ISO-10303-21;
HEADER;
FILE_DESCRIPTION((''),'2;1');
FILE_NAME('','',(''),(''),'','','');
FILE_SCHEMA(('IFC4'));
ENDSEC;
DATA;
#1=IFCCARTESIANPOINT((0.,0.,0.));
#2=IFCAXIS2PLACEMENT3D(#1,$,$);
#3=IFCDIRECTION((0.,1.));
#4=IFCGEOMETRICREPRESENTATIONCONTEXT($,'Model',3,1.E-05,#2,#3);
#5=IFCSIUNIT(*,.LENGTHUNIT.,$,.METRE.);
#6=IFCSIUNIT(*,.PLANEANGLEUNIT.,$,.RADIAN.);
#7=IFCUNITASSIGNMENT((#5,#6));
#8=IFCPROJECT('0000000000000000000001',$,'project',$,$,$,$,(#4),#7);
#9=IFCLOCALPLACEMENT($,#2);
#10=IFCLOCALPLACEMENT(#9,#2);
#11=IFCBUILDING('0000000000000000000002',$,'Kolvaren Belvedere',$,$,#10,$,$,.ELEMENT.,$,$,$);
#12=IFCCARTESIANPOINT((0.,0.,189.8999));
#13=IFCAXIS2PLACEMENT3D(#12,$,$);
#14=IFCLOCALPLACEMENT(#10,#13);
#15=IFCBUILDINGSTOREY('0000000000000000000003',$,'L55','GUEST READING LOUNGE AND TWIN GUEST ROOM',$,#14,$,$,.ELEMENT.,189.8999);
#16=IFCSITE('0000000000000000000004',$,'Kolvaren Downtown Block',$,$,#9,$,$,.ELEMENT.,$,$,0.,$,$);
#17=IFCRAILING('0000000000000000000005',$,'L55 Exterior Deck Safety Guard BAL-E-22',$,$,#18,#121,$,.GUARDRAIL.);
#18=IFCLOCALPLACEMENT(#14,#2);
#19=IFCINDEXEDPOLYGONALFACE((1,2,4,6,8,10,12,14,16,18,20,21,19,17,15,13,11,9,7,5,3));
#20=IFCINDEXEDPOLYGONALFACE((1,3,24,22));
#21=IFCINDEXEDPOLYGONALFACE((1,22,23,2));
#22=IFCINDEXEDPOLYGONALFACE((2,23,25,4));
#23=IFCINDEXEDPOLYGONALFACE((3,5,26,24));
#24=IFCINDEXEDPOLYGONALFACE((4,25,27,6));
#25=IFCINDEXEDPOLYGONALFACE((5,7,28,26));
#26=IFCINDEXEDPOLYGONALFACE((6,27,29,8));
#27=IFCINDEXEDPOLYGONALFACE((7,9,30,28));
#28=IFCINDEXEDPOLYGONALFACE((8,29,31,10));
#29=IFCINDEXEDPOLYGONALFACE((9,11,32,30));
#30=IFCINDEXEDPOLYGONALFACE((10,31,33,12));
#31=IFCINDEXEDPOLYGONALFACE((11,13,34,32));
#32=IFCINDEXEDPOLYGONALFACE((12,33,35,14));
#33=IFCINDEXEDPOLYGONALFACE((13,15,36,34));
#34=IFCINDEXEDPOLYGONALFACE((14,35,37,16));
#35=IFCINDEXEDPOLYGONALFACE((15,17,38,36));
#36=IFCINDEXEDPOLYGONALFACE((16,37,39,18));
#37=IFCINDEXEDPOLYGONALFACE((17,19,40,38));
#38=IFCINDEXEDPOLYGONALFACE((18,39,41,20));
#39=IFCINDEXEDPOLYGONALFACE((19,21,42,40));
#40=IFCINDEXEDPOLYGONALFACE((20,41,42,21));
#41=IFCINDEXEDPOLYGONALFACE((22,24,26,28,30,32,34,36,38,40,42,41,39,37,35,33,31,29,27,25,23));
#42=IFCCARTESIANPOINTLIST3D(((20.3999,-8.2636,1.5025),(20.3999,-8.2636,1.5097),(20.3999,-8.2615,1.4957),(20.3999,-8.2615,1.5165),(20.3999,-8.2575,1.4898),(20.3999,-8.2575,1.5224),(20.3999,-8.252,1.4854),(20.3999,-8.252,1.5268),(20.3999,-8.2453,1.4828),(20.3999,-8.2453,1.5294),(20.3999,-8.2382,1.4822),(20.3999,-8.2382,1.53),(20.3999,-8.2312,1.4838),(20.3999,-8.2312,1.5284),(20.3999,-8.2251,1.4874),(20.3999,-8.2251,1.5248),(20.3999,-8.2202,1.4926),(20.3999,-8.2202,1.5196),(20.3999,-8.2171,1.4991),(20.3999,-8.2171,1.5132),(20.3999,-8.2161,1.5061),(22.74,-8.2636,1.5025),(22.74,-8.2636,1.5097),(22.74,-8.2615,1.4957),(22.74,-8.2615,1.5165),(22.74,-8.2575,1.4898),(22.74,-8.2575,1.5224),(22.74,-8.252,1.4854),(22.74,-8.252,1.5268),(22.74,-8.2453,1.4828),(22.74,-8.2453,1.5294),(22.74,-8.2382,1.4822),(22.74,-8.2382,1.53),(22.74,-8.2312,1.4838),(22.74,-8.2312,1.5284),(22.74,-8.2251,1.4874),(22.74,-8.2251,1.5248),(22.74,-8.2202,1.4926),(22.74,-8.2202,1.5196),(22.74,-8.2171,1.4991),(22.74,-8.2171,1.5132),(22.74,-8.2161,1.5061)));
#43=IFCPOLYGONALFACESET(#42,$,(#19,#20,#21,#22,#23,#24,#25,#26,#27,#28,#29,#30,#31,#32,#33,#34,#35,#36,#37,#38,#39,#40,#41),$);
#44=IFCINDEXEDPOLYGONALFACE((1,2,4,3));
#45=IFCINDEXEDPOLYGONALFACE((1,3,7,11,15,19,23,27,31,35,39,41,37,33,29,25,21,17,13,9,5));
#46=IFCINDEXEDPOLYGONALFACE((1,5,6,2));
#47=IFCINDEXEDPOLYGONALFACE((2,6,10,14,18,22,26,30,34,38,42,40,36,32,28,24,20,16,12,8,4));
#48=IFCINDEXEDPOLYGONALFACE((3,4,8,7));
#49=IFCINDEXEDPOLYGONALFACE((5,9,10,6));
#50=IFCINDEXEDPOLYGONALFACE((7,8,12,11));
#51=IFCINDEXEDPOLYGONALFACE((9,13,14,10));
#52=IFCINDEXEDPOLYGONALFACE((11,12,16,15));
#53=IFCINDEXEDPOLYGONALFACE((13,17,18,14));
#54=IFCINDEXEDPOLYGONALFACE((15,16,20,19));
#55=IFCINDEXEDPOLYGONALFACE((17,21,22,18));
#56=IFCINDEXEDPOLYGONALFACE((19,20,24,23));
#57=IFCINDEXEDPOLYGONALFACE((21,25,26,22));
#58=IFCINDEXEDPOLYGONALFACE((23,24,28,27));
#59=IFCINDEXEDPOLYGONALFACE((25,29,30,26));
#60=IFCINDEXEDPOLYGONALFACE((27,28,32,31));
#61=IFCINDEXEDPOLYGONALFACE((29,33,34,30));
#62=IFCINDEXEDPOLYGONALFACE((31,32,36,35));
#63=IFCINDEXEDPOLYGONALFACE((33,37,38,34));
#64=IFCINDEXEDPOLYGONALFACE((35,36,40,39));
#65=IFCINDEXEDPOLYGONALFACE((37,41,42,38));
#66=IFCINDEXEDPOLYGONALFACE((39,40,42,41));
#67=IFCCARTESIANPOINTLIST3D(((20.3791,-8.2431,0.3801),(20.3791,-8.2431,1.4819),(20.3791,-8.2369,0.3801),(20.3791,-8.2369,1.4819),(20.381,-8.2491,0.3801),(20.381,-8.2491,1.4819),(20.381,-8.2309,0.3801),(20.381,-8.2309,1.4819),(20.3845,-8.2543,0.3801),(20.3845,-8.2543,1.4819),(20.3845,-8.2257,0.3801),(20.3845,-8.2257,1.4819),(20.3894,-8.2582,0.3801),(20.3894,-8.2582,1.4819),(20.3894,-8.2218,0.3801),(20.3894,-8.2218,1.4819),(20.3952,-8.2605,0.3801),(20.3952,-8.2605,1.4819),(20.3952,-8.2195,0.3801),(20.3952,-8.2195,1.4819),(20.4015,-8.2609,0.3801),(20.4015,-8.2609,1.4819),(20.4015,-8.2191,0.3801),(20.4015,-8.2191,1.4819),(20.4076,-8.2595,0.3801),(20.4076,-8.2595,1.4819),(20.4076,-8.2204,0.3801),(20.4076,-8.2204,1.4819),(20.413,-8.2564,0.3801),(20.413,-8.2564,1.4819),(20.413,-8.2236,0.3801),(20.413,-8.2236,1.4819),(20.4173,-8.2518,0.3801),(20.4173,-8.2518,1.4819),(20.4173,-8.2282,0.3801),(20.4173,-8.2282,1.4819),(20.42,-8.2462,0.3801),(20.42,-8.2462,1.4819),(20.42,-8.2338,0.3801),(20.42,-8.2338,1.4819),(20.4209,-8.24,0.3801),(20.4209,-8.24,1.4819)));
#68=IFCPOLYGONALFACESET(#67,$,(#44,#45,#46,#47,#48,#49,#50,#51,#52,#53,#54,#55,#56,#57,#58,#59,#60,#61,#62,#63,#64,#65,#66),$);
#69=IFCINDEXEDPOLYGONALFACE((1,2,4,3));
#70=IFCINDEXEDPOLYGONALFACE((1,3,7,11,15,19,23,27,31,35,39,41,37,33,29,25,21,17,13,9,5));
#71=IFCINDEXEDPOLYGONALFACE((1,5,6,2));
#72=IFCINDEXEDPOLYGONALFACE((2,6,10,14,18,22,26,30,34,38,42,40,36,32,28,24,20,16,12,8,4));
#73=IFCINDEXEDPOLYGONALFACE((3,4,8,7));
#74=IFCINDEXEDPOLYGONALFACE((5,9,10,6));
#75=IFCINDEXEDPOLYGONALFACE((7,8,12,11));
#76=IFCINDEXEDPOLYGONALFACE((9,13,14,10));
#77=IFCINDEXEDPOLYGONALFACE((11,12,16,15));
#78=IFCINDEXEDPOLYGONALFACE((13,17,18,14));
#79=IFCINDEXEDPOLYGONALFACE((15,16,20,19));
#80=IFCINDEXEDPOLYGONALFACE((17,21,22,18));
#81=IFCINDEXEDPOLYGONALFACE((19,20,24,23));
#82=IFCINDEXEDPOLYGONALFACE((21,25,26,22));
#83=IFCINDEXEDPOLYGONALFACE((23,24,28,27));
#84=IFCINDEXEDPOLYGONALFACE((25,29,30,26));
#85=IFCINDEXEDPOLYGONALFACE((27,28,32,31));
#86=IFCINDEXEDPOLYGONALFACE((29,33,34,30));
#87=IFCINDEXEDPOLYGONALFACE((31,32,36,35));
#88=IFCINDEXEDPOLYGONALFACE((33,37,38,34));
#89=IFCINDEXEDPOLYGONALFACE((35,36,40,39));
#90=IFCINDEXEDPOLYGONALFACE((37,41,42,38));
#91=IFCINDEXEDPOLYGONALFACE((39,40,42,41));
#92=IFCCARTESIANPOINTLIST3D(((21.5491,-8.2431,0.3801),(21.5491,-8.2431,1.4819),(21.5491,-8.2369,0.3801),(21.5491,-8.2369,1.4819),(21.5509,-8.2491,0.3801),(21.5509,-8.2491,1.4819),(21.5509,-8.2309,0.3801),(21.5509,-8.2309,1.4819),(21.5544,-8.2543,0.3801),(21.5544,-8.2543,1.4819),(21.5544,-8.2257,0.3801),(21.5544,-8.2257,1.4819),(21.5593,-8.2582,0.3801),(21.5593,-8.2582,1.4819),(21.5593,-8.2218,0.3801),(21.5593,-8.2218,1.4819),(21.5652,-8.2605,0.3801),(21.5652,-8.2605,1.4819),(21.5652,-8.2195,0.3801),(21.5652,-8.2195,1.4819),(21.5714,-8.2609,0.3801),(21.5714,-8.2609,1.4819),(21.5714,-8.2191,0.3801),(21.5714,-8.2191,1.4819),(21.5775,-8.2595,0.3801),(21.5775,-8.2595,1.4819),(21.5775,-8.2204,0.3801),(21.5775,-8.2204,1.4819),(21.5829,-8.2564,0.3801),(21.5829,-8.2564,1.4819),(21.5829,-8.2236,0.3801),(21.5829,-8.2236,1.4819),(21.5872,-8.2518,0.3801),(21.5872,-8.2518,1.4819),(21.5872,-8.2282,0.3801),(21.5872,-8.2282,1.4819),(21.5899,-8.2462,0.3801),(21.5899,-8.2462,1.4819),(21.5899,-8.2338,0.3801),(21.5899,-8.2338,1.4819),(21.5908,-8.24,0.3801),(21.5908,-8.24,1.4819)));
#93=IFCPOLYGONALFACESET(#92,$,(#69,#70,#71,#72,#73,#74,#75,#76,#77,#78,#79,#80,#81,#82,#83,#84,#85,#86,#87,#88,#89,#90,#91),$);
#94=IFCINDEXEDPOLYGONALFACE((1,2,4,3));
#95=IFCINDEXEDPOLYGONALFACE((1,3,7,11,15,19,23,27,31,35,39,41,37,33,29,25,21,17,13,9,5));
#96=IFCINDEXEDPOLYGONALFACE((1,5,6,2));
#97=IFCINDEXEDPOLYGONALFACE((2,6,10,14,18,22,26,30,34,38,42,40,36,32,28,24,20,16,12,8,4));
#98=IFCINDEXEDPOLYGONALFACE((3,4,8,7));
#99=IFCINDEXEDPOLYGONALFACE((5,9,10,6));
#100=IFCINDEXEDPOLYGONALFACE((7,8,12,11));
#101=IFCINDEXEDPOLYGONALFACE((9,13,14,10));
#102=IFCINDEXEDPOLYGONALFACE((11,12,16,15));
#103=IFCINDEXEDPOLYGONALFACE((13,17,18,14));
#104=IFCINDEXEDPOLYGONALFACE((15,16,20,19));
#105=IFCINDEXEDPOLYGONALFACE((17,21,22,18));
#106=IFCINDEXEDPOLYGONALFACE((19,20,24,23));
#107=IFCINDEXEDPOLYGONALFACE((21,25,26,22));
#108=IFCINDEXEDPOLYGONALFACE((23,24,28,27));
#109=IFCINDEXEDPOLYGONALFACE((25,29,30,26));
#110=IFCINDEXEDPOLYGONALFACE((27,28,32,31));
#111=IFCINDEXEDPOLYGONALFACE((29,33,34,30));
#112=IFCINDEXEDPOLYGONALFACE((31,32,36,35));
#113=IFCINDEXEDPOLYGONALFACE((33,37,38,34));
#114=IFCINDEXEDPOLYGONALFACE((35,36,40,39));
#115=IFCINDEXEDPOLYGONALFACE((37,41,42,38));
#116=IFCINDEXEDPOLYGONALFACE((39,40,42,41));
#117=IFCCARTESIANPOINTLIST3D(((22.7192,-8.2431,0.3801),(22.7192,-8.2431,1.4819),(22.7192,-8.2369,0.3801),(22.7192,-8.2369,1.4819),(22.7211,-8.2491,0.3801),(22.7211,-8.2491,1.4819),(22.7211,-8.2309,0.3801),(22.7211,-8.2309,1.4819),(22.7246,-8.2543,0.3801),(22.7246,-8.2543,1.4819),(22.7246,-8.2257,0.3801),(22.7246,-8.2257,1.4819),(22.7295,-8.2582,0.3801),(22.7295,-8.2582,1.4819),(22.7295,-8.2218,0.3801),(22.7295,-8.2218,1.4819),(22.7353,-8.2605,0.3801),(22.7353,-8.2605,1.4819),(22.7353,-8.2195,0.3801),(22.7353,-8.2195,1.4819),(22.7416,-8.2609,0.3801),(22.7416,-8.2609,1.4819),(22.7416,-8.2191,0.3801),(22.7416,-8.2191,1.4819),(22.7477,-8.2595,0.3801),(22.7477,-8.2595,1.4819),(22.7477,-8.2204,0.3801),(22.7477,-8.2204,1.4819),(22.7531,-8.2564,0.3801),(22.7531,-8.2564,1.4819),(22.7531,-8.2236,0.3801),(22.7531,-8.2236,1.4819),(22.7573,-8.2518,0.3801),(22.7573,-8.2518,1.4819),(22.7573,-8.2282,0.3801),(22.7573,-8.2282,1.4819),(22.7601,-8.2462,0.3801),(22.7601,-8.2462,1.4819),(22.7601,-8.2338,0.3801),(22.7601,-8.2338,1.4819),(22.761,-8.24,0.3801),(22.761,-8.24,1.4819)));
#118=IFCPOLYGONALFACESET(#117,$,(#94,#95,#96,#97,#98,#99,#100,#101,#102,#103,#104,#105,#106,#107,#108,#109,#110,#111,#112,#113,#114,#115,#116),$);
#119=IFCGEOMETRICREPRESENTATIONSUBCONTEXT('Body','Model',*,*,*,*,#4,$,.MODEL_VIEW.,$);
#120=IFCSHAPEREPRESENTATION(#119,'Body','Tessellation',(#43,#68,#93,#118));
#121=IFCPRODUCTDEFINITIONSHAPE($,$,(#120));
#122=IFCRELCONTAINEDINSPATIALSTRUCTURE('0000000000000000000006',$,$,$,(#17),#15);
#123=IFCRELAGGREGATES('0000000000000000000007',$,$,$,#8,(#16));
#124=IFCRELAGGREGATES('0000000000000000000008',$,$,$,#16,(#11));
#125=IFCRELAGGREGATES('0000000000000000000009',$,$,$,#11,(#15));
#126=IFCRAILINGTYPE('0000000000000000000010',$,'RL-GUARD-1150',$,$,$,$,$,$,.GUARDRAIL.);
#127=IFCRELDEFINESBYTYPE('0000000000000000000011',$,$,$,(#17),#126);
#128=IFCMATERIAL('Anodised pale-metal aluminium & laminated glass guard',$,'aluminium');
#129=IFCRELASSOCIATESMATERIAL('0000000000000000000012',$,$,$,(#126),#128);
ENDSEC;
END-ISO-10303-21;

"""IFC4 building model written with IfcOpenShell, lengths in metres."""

from ifc_helpers import new_model, si_unit, direction, frame, origin, origin_2d, place, context, subcontext, project, spatial, circle, extrude, material, type_object, element, save


model = new_model("IFC4")

# Units and contexts
model_context = context("Model", 3, precision=1e-05, world=origin(), true_north=direction((0.0, 1.0)))
body_context = subcontext(model_context, "Body", "Model", "MODEL_VIEW")
ifc_project = project(units=[si_unit("LENGTHUNIT", "METRE"), si_unit("PLANEANGLEUNIT", "RADIAN")], contexts=[model_context])

# Site, building, storey
site_placement = place(None, origin())
site = spatial("IfcSite", under=ifc_project, at=site_placement, Name="Kolvaren Downtown Block", CompositionType="ELEMENT", RefElevation=0.0)
building_placement = place(site_placement, origin())
building = spatial("IfcBuilding", under=site, at=building_placement, Name="Kolvaren Belvedere", CompositionType="ELEMENT")
storey_placement = place(building_placement, frame((0.0, 0.0, 189.8999)))
storey = spatial("IfcBuildingStorey", under=building, at=storey_placement, Name="L55", Description="GUEST READING LOUNGE AND TWIN GUEST ROOM", CompositionType="ELEMENT", Elevation=189.8999)

# Railing
ifc_material_1 = material(Name="Anodised pale-metal aluminium & laminated glass guard", Category="aluminium")
railing_type = type_object("IfcRailingType", Name="RL-GUARD-1150", PredefinedType="GUARDRAIL", material=ifc_material_1)
railing_1_placement = place(storey_placement, frame((20.3999, -8.24, 0.3801)))
element("IfcRailing", 1, at=railing_1_placement, inside=storey, type_object=railing_type, Name="L55 Exterior Deck Safety Guard BAL-E-22", PredefinedType="GUARDRAIL", context=body_context, shape_type="SweptSolid", body=[
    extrude(circle(Radius=0.0239, at=origin_2d()), frame((0.0, 0.0, 1.126), z_axis=(1.0, 0.0, 0.0), x_axis=(0.0, 1.0, 0.0)), (0.0, 0.0, 1.0), 2.3401),
    extrude(circle(Radius=0.021, at=origin_2d()), origin(), (0.0, 0.0, 1.0), 1.1018),
    extrude(circle(Radius=0.021, at=origin_2d()), frame((1.1699, 0.0, 0.0)), (0.0, 0.0, 1.0), 1.1018),
    extrude(circle(Radius=0.021, at=origin_2d()), frame((2.3401, 0.0, 0.0)), (0.0, 0.0, 1.0), 1.1018),
])

save(model, "model.ifc")
